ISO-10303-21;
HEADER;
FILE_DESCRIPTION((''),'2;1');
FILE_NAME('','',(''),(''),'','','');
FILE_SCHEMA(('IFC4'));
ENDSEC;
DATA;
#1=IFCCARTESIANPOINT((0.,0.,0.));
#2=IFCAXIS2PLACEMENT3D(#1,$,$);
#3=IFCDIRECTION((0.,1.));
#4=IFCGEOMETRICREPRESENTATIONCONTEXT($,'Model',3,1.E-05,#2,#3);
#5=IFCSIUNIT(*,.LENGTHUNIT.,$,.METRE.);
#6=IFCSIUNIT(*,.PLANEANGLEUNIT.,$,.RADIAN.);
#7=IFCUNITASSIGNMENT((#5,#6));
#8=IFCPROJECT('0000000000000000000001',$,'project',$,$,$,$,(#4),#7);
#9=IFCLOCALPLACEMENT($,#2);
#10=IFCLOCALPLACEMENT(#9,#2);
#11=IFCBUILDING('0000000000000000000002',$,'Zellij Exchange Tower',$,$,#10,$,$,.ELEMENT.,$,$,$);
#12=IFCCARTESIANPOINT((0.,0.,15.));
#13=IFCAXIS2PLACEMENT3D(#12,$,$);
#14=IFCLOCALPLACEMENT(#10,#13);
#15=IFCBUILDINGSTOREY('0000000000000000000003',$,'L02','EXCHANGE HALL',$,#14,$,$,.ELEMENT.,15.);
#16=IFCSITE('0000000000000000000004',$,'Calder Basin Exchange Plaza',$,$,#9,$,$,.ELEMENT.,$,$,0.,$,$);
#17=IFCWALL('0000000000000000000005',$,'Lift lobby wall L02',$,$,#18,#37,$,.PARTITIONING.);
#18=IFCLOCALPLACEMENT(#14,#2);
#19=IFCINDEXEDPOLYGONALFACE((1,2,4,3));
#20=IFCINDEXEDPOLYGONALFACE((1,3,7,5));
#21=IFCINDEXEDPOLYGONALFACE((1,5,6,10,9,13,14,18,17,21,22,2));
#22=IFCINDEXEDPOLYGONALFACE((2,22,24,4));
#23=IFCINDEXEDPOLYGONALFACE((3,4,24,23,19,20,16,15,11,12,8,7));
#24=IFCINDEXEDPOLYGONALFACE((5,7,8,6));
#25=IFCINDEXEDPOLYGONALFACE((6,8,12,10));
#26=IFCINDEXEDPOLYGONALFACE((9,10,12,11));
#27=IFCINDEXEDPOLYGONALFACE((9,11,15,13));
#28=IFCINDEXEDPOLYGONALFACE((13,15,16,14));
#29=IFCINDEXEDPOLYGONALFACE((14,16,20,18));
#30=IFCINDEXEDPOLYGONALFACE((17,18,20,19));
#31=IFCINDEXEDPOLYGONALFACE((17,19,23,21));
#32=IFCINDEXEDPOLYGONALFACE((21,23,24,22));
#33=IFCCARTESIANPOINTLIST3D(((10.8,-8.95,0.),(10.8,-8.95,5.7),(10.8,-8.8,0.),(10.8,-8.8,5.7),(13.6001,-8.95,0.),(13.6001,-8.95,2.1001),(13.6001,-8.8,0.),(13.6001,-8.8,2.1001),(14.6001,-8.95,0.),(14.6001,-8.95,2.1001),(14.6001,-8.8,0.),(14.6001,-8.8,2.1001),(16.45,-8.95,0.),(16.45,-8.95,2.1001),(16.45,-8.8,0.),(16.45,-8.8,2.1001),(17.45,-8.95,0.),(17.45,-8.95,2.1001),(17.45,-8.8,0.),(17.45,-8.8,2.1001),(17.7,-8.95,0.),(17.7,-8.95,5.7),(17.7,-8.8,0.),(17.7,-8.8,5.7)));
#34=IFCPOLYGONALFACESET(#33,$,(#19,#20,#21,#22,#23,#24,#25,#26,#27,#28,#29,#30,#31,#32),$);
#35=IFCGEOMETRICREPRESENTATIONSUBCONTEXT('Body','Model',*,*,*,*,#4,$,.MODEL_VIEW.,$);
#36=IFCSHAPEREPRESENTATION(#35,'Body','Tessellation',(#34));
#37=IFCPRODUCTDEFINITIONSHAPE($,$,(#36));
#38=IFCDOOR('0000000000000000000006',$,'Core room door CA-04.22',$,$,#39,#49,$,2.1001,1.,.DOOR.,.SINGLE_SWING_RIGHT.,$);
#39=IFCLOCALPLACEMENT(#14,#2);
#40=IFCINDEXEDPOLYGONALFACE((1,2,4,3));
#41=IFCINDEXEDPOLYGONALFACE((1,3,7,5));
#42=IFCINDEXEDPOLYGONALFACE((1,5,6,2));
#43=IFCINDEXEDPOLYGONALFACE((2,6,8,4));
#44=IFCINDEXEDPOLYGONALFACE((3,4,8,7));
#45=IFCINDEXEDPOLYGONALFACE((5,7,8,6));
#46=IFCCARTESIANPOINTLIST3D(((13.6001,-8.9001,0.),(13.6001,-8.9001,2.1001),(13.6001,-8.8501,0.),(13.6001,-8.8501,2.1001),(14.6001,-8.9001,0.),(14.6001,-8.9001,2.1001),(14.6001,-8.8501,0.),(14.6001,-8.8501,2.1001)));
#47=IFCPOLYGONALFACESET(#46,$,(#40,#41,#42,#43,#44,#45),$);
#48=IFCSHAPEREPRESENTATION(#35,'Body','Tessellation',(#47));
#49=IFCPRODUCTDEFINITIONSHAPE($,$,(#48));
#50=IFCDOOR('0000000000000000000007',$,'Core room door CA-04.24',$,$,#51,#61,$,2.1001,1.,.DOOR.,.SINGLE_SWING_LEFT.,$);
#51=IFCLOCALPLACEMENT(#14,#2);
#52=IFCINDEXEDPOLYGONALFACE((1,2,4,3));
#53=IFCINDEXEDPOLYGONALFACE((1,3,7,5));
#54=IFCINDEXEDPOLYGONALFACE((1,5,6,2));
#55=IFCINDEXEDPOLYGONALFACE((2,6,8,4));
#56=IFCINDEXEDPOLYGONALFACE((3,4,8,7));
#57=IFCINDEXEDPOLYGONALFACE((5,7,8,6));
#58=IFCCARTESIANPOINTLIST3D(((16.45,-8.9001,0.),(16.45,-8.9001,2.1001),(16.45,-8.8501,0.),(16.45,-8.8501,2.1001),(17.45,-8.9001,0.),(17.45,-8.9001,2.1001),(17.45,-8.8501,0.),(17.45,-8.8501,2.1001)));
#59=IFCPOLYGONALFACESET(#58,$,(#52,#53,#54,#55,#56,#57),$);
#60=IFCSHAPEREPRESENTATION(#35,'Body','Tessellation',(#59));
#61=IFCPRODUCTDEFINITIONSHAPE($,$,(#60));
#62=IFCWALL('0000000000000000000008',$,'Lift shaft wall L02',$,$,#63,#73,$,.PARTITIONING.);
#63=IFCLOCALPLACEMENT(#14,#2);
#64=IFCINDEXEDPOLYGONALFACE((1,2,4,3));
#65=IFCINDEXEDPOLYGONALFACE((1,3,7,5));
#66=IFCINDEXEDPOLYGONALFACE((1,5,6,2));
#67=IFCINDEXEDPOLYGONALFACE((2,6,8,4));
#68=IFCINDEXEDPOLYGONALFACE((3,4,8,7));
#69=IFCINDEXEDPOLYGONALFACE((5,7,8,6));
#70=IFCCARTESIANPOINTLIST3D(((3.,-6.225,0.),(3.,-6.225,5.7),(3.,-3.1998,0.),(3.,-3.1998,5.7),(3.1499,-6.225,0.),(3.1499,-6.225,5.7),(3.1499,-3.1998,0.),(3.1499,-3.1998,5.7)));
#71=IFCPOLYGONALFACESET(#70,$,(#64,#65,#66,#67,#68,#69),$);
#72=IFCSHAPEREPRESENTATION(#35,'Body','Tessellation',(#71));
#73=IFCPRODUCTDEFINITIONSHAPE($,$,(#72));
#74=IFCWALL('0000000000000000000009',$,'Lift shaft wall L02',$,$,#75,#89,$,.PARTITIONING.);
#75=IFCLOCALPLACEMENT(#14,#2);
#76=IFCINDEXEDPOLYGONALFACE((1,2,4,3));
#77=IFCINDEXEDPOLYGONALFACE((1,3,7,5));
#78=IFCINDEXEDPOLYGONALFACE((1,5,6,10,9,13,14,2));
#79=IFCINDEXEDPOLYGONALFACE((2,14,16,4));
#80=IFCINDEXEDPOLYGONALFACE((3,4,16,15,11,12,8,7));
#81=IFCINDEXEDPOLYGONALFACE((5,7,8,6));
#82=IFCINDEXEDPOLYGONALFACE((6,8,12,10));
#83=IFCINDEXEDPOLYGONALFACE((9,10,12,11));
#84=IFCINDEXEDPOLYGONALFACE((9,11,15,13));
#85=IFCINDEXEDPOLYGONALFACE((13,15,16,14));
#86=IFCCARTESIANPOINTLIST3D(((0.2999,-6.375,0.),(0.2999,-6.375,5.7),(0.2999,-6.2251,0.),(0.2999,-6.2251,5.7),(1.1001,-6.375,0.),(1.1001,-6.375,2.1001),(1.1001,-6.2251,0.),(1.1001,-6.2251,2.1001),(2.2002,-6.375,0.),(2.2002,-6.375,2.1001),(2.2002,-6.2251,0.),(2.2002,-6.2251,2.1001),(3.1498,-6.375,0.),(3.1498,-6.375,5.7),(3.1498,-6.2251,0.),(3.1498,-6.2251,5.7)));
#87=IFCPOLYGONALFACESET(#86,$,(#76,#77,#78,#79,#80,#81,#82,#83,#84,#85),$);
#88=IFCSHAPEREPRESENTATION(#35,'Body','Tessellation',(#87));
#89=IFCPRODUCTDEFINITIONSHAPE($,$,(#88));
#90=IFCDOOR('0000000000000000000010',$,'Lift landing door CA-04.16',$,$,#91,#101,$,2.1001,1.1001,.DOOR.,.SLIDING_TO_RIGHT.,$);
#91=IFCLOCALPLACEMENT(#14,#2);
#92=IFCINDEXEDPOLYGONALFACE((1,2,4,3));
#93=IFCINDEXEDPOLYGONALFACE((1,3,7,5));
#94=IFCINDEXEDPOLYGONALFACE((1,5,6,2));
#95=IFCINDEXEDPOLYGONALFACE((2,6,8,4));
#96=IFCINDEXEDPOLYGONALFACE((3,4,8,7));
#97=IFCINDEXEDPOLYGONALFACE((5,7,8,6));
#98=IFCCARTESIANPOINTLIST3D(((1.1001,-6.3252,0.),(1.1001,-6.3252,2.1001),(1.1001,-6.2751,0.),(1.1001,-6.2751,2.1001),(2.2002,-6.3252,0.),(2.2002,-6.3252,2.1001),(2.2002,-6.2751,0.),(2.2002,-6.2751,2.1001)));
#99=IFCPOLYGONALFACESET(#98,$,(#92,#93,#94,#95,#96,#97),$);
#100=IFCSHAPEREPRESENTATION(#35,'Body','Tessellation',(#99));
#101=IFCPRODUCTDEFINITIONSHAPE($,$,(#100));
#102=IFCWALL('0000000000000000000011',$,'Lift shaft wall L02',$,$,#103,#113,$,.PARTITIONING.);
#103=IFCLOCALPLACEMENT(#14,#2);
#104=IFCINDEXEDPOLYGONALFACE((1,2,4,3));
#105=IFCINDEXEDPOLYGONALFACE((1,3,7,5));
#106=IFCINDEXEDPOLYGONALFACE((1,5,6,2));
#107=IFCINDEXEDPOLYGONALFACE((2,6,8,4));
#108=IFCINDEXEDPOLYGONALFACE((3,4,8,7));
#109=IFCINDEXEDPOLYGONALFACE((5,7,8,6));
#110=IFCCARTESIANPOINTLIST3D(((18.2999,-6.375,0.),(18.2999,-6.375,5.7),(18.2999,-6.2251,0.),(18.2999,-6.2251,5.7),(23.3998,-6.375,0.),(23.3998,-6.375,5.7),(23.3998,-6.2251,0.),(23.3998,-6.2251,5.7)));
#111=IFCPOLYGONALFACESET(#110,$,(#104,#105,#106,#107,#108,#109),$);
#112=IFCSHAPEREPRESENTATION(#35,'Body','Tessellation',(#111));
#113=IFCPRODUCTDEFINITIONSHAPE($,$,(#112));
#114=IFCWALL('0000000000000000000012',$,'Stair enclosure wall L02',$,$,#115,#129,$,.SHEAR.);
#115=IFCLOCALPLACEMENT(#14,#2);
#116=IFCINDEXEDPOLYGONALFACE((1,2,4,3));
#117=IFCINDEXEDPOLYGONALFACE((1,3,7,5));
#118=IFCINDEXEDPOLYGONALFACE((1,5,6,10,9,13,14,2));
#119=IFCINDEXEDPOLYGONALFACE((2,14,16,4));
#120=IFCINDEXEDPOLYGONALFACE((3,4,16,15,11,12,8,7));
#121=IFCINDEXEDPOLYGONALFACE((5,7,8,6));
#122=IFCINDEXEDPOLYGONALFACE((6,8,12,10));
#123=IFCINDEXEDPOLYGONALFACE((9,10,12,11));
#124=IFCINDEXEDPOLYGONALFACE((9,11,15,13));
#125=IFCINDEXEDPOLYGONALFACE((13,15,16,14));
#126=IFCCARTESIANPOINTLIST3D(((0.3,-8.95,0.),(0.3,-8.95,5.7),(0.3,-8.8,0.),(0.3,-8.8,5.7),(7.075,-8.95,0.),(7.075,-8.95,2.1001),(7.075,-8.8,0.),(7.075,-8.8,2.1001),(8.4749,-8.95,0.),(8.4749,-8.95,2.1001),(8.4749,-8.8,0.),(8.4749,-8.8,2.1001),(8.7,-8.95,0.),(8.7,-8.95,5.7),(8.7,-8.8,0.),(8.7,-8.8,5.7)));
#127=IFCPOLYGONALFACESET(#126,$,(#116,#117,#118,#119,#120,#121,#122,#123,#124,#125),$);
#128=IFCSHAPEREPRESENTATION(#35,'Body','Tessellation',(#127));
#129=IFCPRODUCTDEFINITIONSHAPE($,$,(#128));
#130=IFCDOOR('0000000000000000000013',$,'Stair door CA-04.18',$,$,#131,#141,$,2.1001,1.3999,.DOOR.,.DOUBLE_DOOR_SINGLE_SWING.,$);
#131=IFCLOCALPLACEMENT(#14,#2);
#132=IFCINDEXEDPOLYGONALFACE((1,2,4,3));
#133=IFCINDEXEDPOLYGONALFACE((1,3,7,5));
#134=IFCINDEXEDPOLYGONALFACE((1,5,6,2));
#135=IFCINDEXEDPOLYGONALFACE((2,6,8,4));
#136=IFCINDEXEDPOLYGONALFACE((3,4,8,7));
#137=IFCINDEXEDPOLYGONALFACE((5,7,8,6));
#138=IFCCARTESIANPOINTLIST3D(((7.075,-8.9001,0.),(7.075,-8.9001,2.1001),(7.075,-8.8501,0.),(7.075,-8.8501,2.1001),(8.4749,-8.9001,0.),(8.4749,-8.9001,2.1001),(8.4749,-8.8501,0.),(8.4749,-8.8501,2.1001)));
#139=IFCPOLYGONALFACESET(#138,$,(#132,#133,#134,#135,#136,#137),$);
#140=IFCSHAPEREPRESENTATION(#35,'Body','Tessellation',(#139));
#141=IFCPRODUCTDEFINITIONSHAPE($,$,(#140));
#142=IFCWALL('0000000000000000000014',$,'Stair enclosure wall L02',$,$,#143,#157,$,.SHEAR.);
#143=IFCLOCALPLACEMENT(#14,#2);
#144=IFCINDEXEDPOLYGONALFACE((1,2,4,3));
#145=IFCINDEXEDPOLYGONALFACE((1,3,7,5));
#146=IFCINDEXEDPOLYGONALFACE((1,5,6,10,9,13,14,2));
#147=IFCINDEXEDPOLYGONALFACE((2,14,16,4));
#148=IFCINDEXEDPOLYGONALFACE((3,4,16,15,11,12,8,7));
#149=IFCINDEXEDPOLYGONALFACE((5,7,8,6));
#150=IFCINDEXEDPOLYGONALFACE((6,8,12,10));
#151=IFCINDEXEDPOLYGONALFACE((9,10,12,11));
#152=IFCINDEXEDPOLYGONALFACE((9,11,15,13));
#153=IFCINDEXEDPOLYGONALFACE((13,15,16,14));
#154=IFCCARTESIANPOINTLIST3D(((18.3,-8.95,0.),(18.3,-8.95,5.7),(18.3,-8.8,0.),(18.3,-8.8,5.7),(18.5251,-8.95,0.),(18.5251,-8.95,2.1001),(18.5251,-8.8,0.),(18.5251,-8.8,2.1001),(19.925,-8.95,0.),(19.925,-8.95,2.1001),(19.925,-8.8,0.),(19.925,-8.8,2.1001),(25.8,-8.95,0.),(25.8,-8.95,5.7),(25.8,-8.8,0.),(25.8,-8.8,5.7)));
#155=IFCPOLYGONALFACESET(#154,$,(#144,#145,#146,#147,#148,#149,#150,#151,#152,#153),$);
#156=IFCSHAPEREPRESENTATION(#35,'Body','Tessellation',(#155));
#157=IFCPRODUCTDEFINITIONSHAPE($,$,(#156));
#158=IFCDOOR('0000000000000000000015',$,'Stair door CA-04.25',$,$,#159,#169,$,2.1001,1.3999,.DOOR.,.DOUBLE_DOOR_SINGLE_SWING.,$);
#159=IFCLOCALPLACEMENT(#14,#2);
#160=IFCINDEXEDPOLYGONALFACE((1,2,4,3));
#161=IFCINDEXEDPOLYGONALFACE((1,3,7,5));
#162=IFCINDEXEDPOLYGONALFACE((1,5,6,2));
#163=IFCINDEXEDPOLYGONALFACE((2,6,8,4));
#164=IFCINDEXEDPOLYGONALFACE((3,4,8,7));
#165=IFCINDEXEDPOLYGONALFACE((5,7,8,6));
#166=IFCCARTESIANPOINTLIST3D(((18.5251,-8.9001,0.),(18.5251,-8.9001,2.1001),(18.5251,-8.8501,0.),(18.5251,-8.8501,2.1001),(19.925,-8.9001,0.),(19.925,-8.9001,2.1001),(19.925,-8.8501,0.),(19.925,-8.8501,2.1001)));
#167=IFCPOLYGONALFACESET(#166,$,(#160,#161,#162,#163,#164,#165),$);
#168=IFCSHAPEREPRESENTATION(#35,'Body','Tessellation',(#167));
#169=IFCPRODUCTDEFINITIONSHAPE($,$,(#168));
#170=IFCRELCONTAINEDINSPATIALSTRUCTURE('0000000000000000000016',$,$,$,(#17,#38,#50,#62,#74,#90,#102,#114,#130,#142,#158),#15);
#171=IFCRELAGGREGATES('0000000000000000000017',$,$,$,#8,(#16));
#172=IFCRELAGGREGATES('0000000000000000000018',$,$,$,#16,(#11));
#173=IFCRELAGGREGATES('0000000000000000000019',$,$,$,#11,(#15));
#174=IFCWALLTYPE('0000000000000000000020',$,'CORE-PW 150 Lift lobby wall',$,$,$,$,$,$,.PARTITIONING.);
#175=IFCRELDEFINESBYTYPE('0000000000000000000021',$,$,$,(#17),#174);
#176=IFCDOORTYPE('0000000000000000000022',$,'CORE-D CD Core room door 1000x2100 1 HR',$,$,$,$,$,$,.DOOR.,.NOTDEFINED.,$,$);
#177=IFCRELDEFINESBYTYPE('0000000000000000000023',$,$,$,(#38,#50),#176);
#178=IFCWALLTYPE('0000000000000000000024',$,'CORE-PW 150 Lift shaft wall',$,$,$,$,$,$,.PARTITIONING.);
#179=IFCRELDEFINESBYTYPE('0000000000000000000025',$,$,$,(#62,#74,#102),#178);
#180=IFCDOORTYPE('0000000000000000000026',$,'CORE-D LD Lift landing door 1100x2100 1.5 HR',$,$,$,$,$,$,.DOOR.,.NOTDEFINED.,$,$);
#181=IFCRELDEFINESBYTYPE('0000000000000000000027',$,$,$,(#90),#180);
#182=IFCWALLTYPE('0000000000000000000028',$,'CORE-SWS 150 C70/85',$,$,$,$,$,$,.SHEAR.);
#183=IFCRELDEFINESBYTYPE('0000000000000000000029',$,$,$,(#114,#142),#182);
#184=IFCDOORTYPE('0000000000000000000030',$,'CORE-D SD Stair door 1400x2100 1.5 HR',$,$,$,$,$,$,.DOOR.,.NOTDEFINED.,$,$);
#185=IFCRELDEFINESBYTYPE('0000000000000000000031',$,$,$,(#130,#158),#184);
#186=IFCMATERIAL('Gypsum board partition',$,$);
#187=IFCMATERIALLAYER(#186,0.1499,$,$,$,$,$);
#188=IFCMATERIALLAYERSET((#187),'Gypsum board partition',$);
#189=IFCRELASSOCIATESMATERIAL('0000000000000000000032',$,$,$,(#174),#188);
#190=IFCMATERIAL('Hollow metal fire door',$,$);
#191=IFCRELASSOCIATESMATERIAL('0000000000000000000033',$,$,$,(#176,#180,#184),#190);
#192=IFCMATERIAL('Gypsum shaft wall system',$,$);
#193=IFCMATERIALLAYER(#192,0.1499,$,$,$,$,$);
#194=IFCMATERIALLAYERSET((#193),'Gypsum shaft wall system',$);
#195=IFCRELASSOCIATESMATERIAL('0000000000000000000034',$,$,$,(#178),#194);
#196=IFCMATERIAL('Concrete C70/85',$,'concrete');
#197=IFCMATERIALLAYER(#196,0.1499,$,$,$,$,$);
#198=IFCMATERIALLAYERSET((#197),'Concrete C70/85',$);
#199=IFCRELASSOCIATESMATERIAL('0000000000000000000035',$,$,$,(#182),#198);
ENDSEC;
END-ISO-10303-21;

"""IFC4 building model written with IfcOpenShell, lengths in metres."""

from ifc_helpers import new_model, si_unit, direction, frame, frame_2d, origin, place, context, subcontext, project, spatial, rectangle, extrude, material, layer, layer_set, type_object, element, fill, save


model = new_model("IFC4")

# Units and contexts
model_context = context("Model", 3, precision=1e-05, world=origin(), true_north=direction((0.0, 1.0)))
body_context = subcontext(model_context, "Body", "Model", "MODEL_VIEW")
ifc_project = project(units=[si_unit("LENGTHUNIT", "METRE"), si_unit("PLANEANGLEUNIT", "RADIAN")], contexts=[model_context])

# Site, building, storey
site_placement = place(None, origin())
site = spatial("IfcSite", under=ifc_project, at=site_placement, Name="Calder Basin Exchange Plaza", CompositionType="ELEMENT", RefElevation=0.0)
building_placement = place(site_placement, origin())
building = spatial("IfcBuilding", under=site, at=building_placement, Name="Zellij Exchange Tower", CompositionType="ELEMENT")
storey_placement = place(building_placement, frame((0.0, 0.0, 15.0)))
storey = spatial("IfcBuildingStorey", under=building, at=storey_placement, Name="L02", Description="EXCHANGE HALL", CompositionType="ELEMENT", Elevation=15.0)

# Shared definitions
ifc_material_1 = material(Name="Concrete C70/85", Category="concrete")

# Shared definitions
ifc_material_2 = material(Name="Gypsum shaft wall system")
ifc_material_3 = material(Name="Hollow metal fire door")

# Shared definitions
ifc_material_4 = material(Name="Gypsum board partition")
ifc_layer_1 = layer(ifc_material_4, 0.1499)
ifc_layer_set_1 = layer_set([ifc_layer_1], Name="Gypsum board partition")
wall_type_1 = type_object("IfcWallType", Name="CORE-PW 150 Lift lobby wall", PredefinedType="PARTITIONING", material=ifc_layer_set_1)

# Wall, openings, doors
door_type_1 = type_object("IfcDoorType", Name="CORE-D CD Core room door 1000x2100 1 HR", OperationType="NOTDEFINED", PredefinedType="DOOR", material=ifc_material_3)
wall_1_placement = place(storey_placement, frame((10.8, -8.875, 0.0), z_axis=(0.0, 0.0, 1.0), x_axis=(1.0, 0.0, 0.0)))
wall_1 = element("IfcWall", 1, at=wall_1_placement, inside=storey, type_object=wall_type_1, Name="Lift lobby wall L02", PredefinedType="PARTITIONING", context=body_context, shape_type="SweptSolid", body=[
    extrude(rectangle(XDim=6.8999, YDim=0.1499, at=frame_2d((3.45, 0.0))), origin(), (0.0, 0.0, 1.0), 5.7),
])
opening_1_placement = place(wall_1_placement, frame((2.8, 0.0, 0.0)))
opening_1 = element("IfcOpeningElement", 2, at=opening_1_placement, cuts=wall_1, PredefinedType="OPENING", context=body_context, shape_type="SweptSolid", body=[
    extrude(rectangle(XDim=1.0, YDim=2.1001, at=frame_2d((0.5, 1.05))), frame((0.0, 0.0869, 0.0), z_axis=(0.0, -1.0, 0.0), x_axis=(1.0, 0.0, 0.0)), (0.0, 0.0, 1.0), 0.1738),
])
opening_2_placement = place(wall_1_placement, frame((5.6499, 0.0, 0.0)))
opening_2 = element("IfcOpeningElement", 3, at=opening_2_placement, cuts=wall_1, PredefinedType="OPENING", context=body_context, shape_type="SweptSolid", body=[
    extrude(rectangle(XDim=1.0, YDim=2.1001, at=frame_2d((0.5, 1.05))), frame((0.0, 0.0869, 0.0), z_axis=(0.0, -1.0, 0.0), x_axis=(1.0, 0.0, 0.0)), (0.0, 0.0, 1.0), 0.1738),
])
door_1_placement = place(opening_1_placement, origin())
door_1 = element("IfcDoor", 4, at=door_1_placement, inside=storey, type_object=door_type_1, Name="Core room door CA-04.22", OperationType="SINGLE_SWING_RIGHT", OverallHeight=2.1001, OverallWidth=1.0, PredefinedType="DOOR", context=body_context, shape_type="SweptSolid", body=[
    extrude(rectangle(XDim=1.0, YDim=2.1001, at=frame_2d((0.5, 1.05))), frame((0.0, 0.0249, 0.0), z_axis=(0.0, -1.0, 0.0), x_axis=(1.0, 0.0, 0.0)), (0.0, 0.0, 1.0), 0.05),
])
fill(opening_1, door_1)
door_2_placement = place(opening_2_placement, origin())
door_2 = element("IfcDoor", 5, at=door_2_placement, inside=storey, type_object=door_type_1, Name="Core room door CA-04.24", OperationType="SINGLE_SWING_LEFT", OverallHeight=2.1001, OverallWidth=1.0, PredefinedType="DOOR", context=body_context, shape_type="SweptSolid", body=[
    extrude(rectangle(XDim=1.0, YDim=2.1001, at=frame_2d((0.5, 1.05))), frame((0.0, 0.0249, 0.0), z_axis=(0.0, -1.0, 0.0), x_axis=(1.0, 0.0, 0.0)), (0.0, 0.0, 1.0), 0.05),
])
fill(opening_2, door_2)

# Wall
ifc_layer_2 = layer(ifc_material_2, 0.1499)
ifc_layer_set_2 = layer_set([ifc_layer_2], Name="Gypsum shaft wall system")
wall_type_2 = type_object("IfcWallType", Name="CORE-PW 150 Lift shaft wall", PredefinedType="PARTITIONING", material=ifc_layer_set_2)
wall_2_placement = place(storey_placement, frame((3.075, -6.2251, 0.0), z_axis=(0.0, 0.0, 1.0), x_axis=(0.0, 1.0, 0.0)))
element("IfcWall", 6, at=wall_2_placement, inside=storey, type_object=wall_type_2, Name="Lift shaft wall L02", PredefinedType="PARTITIONING", context=body_context, shape_type="SweptSolid", body=[
    extrude(rectangle(XDim=3.0251, YDim=0.1499, at=frame_2d((1.5127, 0.0))), origin(), (0.0, 0.0, 1.0), 5.7),
])

# Wall, opening, door
wall_3_placement = place(storey_placement, frame((0.3, -6.3, 0.0), z_axis=(0.0, 0.0, 1.0), x_axis=(1.0, 0.0, 0.0)))
wall_3 = element("IfcWall", 7, at=wall_3_placement, inside=storey, type_object=wall_type_2, Name="Lift shaft wall L02", PredefinedType="PARTITIONING", context=body_context, shape_type="SweptSolid", body=[
    extrude(rectangle(XDim=2.8499, YDim=0.1499, at=frame_2d((1.4248, 0.0))), origin(), (0.0, 0.0, 1.0), 5.7),
])
opening_3_placement = place(wall_3_placement, frame((0.8, 0.0, 0.0)))
opening_3 = element("IfcOpeningElement", 8, at=opening_3_placement, cuts=wall_3, PredefinedType="OPENING", context=body_context, shape_type="SweptSolid", body=[
    extrude(rectangle(XDim=1.1001, YDim=2.1001, at=frame_2d((0.55, 1.05))), frame((0.0, 0.0869, 0.0), z_axis=(0.0, -1.0, 0.0), x_axis=(1.0, 0.0, 0.0)), (0.0, 0.0, 1.0), 0.1738),
])
door_type_2 = type_object("IfcDoorType", Name="CORE-D LD Lift landing door 1100x2100 1.5 HR", OperationType="NOTDEFINED", PredefinedType="DOOR", material=ifc_material_3)
door_3_placement = place(opening_3_placement, origin())
door_3 = element("IfcDoor", 9, at=door_3_placement, inside=storey, type_object=door_type_2, Name="Lift landing door CA-04.16", OperationType="SLIDING_TO_RIGHT", OverallHeight=2.1001, OverallWidth=1.1001, PredefinedType="DOOR", context=body_context, shape_type="SweptSolid", body=[
    extrude(rectangle(XDim=1.1001, YDim=2.1001, at=frame_2d((0.55, 1.05))), frame((0.0, 0.0249, 0.0), z_axis=(0.0, -1.0, 0.0), x_axis=(1.0, 0.0, 0.0)), (0.0, 0.0, 1.0), 0.05),
])
fill(opening_3, door_3)

# Wall
wall_4_placement = place(storey_placement, frame((18.3, -6.3, 0.0), z_axis=(0.0, 0.0, 1.0), x_axis=(1.0, 0.0, 0.0)))
element("IfcWall", 10, at=wall_4_placement, inside=storey, type_object=wall_type_2, Name="Lift shaft wall L02", PredefinedType="PARTITIONING", context=body_context, shape_type="SweptSolid", body=[
    extrude(rectangle(XDim=5.0999, YDim=0.1499, at=frame_2d((2.5498, 0.0))), origin(), (0.0, 0.0, 1.0), 5.7),
])

# Walls, openings, doors
ifc_layer_3 = layer(ifc_material_1, 0.1499)
ifc_layer_set_3 = layer_set([ifc_layer_3], Name="Concrete C70/85")
wall_type_3 = type_object("IfcWallType", Name="CORE-SWS 150 C70/85", PredefinedType="SHEAR", material=ifc_layer_set_3)
wall_5_placement = place(storey_placement, frame((0.3, -8.875, 0.0), z_axis=(0.0, 0.0, 1.0), x_axis=(1.0, 0.0, 0.0)))
wall_5 = element("IfcWall", 11, at=wall_5_placement, inside=storey, type_object=wall_type_3, Name="Stair enclosure wall L02", PredefinedType="SHEAR", context=body_context, shape_type="SweptSolid", body=[
    extrude(rectangle(XDim=8.3999, YDim=0.1499, at=frame_2d((4.2, 0.0))), origin(), (0.0, 0.0, 1.0), 5.7),
])
opening_4_placement = place(wall_5_placement, frame((6.7749, 0.0, 0.0)))
opening_4 = element("IfcOpeningElement", 12, at=opening_4_placement, cuts=wall_5, PredefinedType="OPENING", context=body_context, shape_type="SweptSolid", body=[
    extrude(rectangle(XDim=1.3999, YDim=2.1001, at=frame_2d((0.7, 1.05))), frame((0.0, 0.0869, 0.0), z_axis=(0.0, -1.0, 0.0), x_axis=(1.0, 0.0, 0.0)), (0.0, 0.0, 1.0), 0.1738),
])
door_type_3 = type_object("IfcDoorType", Name="CORE-D SD Stair door 1400x2100 1.5 HR", OperationType="NOTDEFINED", PredefinedType="DOOR", material=ifc_material_3)
door_4_placement = place(opening_4_placement, origin())
door_4 = element("IfcDoor", 13, at=door_4_placement, inside=storey, type_object=door_type_3, Name="Stair door CA-04.18", OperationType="DOUBLE_DOOR_SINGLE_SWING", OverallHeight=2.1001, OverallWidth=1.3999, PredefinedType="DOOR", context=body_context, shape_type="SweptSolid", body=[
    extrude(rectangle(XDim=1.3999, YDim=2.1001, at=frame_2d((0.7, 1.05))), frame((0.0, 0.0249, 0.0), z_axis=(0.0, -1.0, 0.0), x_axis=(1.0, 0.0, 0.0)), (0.0, 0.0, 1.0), 0.05),
])
fill(opening_4, door_4)
wall_6_placement = place(storey_placement, frame((18.3, -8.875, 0.0), z_axis=(0.0, 0.0, 1.0), x_axis=(1.0, 0.0, 0.0)))
wall_6 = element("IfcWall", 14, at=wall_6_placement, inside=storey, type_object=wall_type_3, Name="Stair enclosure wall L02", PredefinedType="SHEAR", context=body_context, shape_type="SweptSolid", body=[
    extrude(rectangle(XDim=7.5, YDim=0.1499, at=frame_2d((3.75, 0.0))), origin(), (0.0, 0.0, 1.0), 5.7),
])
opening_5_placement = place(wall_6_placement, frame((0.2251, 0.0, 0.0)))
opening_5 = element("IfcOpeningElement", 15, at=opening_5_placement, cuts=wall_6, PredefinedType="OPENING", context=body_context, shape_type="SweptSolid", body=[
    extrude(rectangle(XDim=1.3999, YDim=2.1001, at=frame_2d((0.7, 1.05))), frame((0.0, 0.0869, 0.0), z_axis=(0.0, -1.0, 0.0), x_axis=(1.0, 0.0, 0.0)), (0.0, 0.0, 1.0), 0.1738),
])
door_5_placement = place(opening_5_placement, origin())
door_5 = element("IfcDoor", 16, at=door_5_placement, inside=storey, type_object=door_type_3, Name="Stair door CA-04.25", OperationType="DOUBLE_DOOR_SINGLE_SWING", OverallHeight=2.1001, OverallWidth=1.3999, PredefinedType="DOOR", context=body_context, shape_type="SweptSolid", body=[
    extrude(rectangle(XDim=1.3999, YDim=2.1001, at=frame_2d((0.7, 1.05))), frame((0.0, 0.0249, 0.0), z_axis=(0.0, -1.0, 0.0), x_axis=(1.0, 0.0, 0.0)), (0.0, 0.0, 1.0), 0.05),
])
fill(opening_5, door_5)

save(model, "model.ifc")
